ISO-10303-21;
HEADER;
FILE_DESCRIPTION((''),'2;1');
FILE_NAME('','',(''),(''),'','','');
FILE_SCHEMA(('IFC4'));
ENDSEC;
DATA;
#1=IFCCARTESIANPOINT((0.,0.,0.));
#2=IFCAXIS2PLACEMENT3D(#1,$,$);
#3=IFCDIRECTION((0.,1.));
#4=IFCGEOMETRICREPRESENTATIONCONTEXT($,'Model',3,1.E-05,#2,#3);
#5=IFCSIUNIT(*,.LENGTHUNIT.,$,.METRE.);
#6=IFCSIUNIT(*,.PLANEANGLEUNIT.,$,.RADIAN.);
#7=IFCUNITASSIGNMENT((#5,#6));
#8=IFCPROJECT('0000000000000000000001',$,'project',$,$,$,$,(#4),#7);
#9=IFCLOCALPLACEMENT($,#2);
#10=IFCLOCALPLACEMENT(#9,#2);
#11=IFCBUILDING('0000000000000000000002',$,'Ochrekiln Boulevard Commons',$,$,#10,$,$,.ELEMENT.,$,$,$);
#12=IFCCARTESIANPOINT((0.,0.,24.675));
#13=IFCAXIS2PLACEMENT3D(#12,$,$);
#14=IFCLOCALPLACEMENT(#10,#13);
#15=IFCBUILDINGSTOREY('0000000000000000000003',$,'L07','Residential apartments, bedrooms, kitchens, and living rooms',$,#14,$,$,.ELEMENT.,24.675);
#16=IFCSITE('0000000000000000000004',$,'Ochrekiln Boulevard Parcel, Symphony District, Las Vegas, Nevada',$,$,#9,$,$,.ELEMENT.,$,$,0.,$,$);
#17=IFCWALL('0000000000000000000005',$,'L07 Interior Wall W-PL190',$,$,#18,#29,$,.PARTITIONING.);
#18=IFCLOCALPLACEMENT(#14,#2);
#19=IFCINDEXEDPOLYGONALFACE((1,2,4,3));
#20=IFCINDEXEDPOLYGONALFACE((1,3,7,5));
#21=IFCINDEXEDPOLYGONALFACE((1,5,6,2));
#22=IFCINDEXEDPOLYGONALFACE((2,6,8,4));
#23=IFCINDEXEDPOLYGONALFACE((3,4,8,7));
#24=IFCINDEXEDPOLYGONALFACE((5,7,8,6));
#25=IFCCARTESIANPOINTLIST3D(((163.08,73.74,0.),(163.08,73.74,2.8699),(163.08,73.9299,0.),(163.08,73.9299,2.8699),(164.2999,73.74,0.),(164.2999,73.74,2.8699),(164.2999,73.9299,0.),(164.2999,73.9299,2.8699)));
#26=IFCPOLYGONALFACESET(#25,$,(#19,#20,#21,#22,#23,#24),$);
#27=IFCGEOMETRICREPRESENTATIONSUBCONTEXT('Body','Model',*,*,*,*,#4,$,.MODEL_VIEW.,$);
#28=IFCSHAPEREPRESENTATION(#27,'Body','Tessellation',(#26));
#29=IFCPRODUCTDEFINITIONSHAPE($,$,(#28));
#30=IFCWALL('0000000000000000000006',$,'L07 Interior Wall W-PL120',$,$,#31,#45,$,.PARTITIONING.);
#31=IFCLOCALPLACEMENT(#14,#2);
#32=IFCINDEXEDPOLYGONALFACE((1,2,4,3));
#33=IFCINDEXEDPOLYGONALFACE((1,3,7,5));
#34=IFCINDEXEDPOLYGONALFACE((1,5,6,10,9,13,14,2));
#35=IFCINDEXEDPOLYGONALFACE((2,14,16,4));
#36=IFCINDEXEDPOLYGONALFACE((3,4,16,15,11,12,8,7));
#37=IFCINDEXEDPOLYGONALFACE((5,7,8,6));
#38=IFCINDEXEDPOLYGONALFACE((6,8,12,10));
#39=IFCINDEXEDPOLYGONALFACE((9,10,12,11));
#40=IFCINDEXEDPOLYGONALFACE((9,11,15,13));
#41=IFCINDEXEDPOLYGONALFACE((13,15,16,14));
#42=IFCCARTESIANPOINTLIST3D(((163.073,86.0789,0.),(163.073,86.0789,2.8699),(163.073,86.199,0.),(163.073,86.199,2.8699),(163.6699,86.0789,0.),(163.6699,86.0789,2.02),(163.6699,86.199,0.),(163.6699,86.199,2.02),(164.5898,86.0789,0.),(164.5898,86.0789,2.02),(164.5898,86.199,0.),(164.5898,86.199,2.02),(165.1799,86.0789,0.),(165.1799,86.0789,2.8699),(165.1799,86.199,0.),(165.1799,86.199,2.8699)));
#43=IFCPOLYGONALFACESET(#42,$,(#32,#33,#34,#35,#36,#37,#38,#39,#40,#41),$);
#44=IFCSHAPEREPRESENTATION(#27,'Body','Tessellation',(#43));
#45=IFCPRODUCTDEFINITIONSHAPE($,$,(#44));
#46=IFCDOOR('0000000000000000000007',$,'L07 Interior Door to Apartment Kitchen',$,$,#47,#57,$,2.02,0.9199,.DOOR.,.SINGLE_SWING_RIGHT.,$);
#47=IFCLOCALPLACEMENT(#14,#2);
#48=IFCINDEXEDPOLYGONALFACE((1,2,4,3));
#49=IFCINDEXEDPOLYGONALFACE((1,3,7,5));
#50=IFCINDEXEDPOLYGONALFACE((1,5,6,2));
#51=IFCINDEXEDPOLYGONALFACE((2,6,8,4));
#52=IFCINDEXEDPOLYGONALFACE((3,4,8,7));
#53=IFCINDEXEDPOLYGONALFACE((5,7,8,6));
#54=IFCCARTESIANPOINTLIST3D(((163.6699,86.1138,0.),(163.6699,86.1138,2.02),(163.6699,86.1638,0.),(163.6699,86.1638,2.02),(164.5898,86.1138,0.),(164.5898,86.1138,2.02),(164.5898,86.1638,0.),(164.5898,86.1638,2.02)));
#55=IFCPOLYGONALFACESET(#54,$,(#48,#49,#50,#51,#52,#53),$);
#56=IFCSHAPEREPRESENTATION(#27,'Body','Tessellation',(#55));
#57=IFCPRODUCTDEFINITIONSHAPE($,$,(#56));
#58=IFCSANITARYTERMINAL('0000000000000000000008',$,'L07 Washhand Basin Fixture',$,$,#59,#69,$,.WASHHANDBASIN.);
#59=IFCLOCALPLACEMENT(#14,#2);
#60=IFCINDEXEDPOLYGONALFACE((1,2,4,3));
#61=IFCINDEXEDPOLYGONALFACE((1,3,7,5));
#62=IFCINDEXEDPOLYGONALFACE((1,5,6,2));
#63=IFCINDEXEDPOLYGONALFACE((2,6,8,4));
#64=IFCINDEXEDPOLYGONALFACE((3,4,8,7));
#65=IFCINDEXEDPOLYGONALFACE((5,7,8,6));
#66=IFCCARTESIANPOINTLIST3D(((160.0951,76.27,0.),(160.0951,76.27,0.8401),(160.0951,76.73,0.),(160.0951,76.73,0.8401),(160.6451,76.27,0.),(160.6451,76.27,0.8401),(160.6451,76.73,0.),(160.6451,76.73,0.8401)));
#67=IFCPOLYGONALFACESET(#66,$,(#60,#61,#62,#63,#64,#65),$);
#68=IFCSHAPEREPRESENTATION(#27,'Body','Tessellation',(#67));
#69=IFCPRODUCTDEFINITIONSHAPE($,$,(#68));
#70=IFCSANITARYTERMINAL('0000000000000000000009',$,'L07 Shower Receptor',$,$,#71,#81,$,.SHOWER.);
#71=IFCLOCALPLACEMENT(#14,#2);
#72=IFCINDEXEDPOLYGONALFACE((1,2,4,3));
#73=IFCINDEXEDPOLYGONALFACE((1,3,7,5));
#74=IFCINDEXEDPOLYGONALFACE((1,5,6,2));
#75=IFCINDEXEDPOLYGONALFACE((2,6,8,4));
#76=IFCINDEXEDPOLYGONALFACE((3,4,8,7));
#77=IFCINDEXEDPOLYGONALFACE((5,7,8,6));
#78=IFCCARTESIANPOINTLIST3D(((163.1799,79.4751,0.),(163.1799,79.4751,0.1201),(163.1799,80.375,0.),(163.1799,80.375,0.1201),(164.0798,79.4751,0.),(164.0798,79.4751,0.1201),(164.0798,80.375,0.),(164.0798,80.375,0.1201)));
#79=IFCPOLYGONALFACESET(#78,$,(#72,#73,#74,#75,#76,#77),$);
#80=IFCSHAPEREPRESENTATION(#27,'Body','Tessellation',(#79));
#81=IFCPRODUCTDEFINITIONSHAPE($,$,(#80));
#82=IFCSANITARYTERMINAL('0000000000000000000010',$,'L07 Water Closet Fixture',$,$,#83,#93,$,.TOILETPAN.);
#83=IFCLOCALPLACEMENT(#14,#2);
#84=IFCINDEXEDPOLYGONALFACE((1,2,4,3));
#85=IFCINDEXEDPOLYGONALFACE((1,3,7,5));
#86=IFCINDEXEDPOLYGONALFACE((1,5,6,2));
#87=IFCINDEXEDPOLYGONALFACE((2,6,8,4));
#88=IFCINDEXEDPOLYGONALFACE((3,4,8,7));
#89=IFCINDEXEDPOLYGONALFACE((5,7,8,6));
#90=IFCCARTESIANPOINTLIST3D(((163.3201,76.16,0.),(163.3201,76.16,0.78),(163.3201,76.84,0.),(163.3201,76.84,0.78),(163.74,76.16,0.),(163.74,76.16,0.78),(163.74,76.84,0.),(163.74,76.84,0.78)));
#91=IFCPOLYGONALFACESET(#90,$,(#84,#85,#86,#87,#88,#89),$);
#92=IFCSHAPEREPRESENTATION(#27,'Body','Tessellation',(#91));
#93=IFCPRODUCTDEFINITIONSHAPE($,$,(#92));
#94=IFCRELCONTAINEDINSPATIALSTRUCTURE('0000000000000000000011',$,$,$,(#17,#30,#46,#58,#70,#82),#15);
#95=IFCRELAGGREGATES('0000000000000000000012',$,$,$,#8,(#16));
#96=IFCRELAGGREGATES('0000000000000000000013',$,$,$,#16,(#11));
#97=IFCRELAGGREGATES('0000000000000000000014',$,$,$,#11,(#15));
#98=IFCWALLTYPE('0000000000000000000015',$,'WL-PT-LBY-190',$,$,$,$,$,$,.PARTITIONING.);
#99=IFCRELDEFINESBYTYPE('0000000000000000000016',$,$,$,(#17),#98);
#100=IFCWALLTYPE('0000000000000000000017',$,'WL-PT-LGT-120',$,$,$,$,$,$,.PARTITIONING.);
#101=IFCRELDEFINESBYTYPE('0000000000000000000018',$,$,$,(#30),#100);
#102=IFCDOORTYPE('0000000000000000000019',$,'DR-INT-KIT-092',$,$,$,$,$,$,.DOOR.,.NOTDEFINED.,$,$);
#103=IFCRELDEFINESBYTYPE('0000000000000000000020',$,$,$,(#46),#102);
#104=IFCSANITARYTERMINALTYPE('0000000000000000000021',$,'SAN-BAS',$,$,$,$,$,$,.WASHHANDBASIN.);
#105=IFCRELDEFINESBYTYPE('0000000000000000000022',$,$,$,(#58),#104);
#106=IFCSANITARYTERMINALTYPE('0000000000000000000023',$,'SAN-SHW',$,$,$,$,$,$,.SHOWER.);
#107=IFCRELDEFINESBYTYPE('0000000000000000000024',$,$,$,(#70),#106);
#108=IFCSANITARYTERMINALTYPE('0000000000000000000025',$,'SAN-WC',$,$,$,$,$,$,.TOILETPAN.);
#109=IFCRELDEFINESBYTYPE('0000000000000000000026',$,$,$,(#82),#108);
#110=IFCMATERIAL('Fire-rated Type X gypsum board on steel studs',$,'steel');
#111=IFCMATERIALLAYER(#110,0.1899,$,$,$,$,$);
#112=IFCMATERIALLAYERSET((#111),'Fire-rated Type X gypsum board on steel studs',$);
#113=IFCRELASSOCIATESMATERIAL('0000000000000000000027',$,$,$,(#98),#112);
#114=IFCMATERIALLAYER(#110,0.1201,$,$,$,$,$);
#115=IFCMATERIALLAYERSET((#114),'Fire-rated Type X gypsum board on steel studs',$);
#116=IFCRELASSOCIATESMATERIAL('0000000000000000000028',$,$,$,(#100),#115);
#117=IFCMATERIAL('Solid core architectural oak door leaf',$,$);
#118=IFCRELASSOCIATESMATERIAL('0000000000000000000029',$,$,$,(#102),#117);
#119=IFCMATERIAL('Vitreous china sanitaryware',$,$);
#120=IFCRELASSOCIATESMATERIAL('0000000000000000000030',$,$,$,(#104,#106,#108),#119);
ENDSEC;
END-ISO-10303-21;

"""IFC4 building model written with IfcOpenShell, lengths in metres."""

from ifc_helpers import new_model, si_unit, direction, frame, frame_2d, origin, origin_2d, place, context, subcontext, project, spatial, rectangle, extrude, material, layer, layer_set, type_object, element, fill, save


model = new_model("IFC4")

# Units and contexts
model_context = context("Model", 3, precision=1e-05, world=origin(), true_north=direction((0.0, 1.0)))
body_context = subcontext(model_context, "Body", "Model", "MODEL_VIEW")
ifc_project = project(units=[si_unit("LENGTHUNIT", "METRE"), si_unit("PLANEANGLEUNIT", "RADIAN")], contexts=[model_context])

# Site, building, storey
site_placement = place(None, origin())
site = spatial("IfcSite", under=ifc_project, at=site_placement, Name="Ochrekiln Boulevard Parcel, Symphony District, Las Vegas, Nevada", CompositionType="ELEMENT", RefElevation=0.0)
building_placement = place(site_placement, origin())
building = spatial("IfcBuilding", under=site, at=building_placement, Name="Ochrekiln Boulevard Commons", CompositionType="ELEMENT")
storey_placement = place(building_placement, frame((0.0, 0.0, 24.675)))
storey = spatial("IfcBuildingStorey", under=building, at=storey_placement, Name="L07", Description="Residential apartments, bedrooms, kitchens, and living rooms", CompositionType="ELEMENT", Elevation=24.675)

# Shared definitions
ifc_material_1 = material(Name="Solid core architectural oak door leaf")

# Shared definitions
ifc_material_2 = material(Name="Fire-rated Type X gypsum board on steel studs", Category="steel")

# Wall
ifc_layer_1 = layer(ifc_material_2, 0.1899)
ifc_layer_set_1 = layer_set([ifc_layer_1], Name="Fire-rated Type X gypsum board on steel studs")
wall_type_1 = type_object("IfcWallType", Name="WL-PT-LBY-190", PredefinedType="PARTITIONING", material=ifc_layer_set_1)
wall_1_placement = place(storey_placement, frame((163.0801, 73.835, 0.0), z_axis=(0.0, 0.0, 1.0), x_axis=(1.0, 0.0, 0.0)))
element("IfcWall", 1, at=wall_1_placement, inside=storey, type_object=wall_type_1, Name="L07 Interior Wall W-PL190", PredefinedType="PARTITIONING", context=body_context, shape_type="SweptSolid", body=[
    extrude(rectangle(XDim=1.22, YDim=0.1899, at=frame_2d((0.6099, 0.0))), origin(), (0.0, 0.0, 1.0), 2.8699),
])

# Wall, opening, door
ifc_layer_2 = layer(ifc_material_2, 0.1201)
ifc_layer_set_2 = layer_set([ifc_layer_2], Name="Fire-rated Type X gypsum board on steel studs")
wall_type_2 = type_object("IfcWallType", Name="WL-PT-LGT-120", PredefinedType="PARTITIONING", material=ifc_layer_set_2)
wall_2_placement = place(storey_placement, frame((163.073, 86.1389, 0.0), z_axis=(0.0, 0.0, 1.0), x_axis=(1.0, 0.0, 0.0)))
wall_2 = element("IfcWall", 2, at=wall_2_placement, inside=storey, type_object=wall_type_2, Name="L07 Interior Wall W-PL120", PredefinedType="PARTITIONING", context=body_context, shape_type="SweptSolid", body=[
    extrude(rectangle(XDim=2.1069, YDim=0.1201, at=frame_2d((1.0535, 0.0))), origin(), (0.0, 0.0, 1.0), 2.8699),
])
opening_1_placement = place(wall_2_placement, frame((0.5969, 0.0, 0.0)))
opening_1 = element("IfcOpeningElement", 3, at=opening_1_placement, cuts=wall_2, PredefinedType="OPENING", context=body_context, shape_type="SweptSolid", body=[
    extrude(rectangle(XDim=0.9199, YDim=2.02, at=frame_2d((0.46, 1.01))), frame((0.0, 0.0701, 0.0), z_axis=(0.0, -1.0, 0.0), x_axis=(1.0, 0.0, 0.0)), (0.0, 0.0, 1.0), 0.1401),
])
door_type_1 = type_object("IfcDoorType", Name="DR-INT-KIT-092", OperationType="NOTDEFINED", PredefinedType="DOOR", material=ifc_material_1)
door_1_placement = place(opening_1_placement, origin())
door_1 = element("IfcDoor", 4, at=door_1_placement, inside=storey, type_object=door_type_1, Name="L07 Interior Door to Apartment Kitchen", OperationType="SINGLE_SWING_RIGHT", OverallHeight=2.02, OverallWidth=0.9199, PredefinedType="DOOR", context=body_context, shape_type="SweptSolid", body=[
    extrude(rectangle(XDim=0.9199, YDim=2.02, at=frame_2d((0.46, 1.01))), frame((0.0, 0.0249, 0.0), z_axis=(0.0, -1.0, 0.0), x_axis=(1.0, 0.0, 0.0)), (0.0, 0.0, 1.0), 0.05),
])
fill(opening_1, door_1)

# Sanitary terminals
ifc_material_3 = material(Name="Vitreous china sanitaryware")
sanitary_terminal_type_1 = type_object("IfcSanitaryTerminalType", Name="SAN-BAS", PredefinedType="WASHHANDBASIN", material=ifc_material_3)
sanitary_terminal_1_placement = place(storey_placement, frame((160.3701, 76.5, 0.0), z_axis=(0.0, 0.0, 1.0), x_axis=(1.0, 0.0, 0.0)))
element("IfcSanitaryTerminal", 5, at=sanitary_terminal_1_placement, inside=storey, type_object=sanitary_terminal_type_1, Name="L07 Washhand Basin Fixture", PredefinedType="WASHHANDBASIN", context=body_context, shape_type="SweptSolid", body=[
    extrude(rectangle(XDim=0.55, YDim=0.46, at=origin_2d()), origin(), (0.0, 0.0, 1.0), 0.8401),
])
sanitary_terminal_type_2 = type_object("IfcSanitaryTerminalType", Name="SAN-SHW", PredefinedType="SHOWER", material=ifc_material_3)
sanitary_terminal_2_placement = place(storey_placement, frame((163.6299, 79.925, 0.0), z_axis=(0.0, 0.0, 1.0), x_axis=(1.0, 0.0, 0.0)))
element("IfcSanitaryTerminal", 6, at=sanitary_terminal_2_placement, inside=storey, type_object=sanitary_terminal_type_2, Name="L07 Shower Receptor", PredefinedType="SHOWER", context=body_context, shape_type="SweptSolid", body=[
    extrude(rectangle(XDim=0.8999, YDim=0.8999, at=origin_2d()), origin(), (0.0, 0.0, 1.0), 0.1201),
])
sanitary_terminal_type_3 = type_object("IfcSanitaryTerminalType", Name="SAN-WC", PredefinedType="TOILETPAN", material=ifc_material_3)
sanitary_terminal_3_placement = place(storey_placement, frame((163.53, 76.5, 0.0), z_axis=(0.0, 0.0, 1.0), x_axis=(1.0, 0.0, 0.0)))
element("IfcSanitaryTerminal", 7, at=sanitary_terminal_3_placement, inside=storey, type_object=sanitary_terminal_type_3, Name="L07 Water Closet Fixture", PredefinedType="TOILETPAN", context=body_context, shape_type="SweptSolid", body=[
    extrude(rectangle(XDim=0.4199, YDim=0.6799, at=origin_2d()), origin(), (0.0, 0.0, 1.0), 0.78),
])

save(model, "model.ifc")
